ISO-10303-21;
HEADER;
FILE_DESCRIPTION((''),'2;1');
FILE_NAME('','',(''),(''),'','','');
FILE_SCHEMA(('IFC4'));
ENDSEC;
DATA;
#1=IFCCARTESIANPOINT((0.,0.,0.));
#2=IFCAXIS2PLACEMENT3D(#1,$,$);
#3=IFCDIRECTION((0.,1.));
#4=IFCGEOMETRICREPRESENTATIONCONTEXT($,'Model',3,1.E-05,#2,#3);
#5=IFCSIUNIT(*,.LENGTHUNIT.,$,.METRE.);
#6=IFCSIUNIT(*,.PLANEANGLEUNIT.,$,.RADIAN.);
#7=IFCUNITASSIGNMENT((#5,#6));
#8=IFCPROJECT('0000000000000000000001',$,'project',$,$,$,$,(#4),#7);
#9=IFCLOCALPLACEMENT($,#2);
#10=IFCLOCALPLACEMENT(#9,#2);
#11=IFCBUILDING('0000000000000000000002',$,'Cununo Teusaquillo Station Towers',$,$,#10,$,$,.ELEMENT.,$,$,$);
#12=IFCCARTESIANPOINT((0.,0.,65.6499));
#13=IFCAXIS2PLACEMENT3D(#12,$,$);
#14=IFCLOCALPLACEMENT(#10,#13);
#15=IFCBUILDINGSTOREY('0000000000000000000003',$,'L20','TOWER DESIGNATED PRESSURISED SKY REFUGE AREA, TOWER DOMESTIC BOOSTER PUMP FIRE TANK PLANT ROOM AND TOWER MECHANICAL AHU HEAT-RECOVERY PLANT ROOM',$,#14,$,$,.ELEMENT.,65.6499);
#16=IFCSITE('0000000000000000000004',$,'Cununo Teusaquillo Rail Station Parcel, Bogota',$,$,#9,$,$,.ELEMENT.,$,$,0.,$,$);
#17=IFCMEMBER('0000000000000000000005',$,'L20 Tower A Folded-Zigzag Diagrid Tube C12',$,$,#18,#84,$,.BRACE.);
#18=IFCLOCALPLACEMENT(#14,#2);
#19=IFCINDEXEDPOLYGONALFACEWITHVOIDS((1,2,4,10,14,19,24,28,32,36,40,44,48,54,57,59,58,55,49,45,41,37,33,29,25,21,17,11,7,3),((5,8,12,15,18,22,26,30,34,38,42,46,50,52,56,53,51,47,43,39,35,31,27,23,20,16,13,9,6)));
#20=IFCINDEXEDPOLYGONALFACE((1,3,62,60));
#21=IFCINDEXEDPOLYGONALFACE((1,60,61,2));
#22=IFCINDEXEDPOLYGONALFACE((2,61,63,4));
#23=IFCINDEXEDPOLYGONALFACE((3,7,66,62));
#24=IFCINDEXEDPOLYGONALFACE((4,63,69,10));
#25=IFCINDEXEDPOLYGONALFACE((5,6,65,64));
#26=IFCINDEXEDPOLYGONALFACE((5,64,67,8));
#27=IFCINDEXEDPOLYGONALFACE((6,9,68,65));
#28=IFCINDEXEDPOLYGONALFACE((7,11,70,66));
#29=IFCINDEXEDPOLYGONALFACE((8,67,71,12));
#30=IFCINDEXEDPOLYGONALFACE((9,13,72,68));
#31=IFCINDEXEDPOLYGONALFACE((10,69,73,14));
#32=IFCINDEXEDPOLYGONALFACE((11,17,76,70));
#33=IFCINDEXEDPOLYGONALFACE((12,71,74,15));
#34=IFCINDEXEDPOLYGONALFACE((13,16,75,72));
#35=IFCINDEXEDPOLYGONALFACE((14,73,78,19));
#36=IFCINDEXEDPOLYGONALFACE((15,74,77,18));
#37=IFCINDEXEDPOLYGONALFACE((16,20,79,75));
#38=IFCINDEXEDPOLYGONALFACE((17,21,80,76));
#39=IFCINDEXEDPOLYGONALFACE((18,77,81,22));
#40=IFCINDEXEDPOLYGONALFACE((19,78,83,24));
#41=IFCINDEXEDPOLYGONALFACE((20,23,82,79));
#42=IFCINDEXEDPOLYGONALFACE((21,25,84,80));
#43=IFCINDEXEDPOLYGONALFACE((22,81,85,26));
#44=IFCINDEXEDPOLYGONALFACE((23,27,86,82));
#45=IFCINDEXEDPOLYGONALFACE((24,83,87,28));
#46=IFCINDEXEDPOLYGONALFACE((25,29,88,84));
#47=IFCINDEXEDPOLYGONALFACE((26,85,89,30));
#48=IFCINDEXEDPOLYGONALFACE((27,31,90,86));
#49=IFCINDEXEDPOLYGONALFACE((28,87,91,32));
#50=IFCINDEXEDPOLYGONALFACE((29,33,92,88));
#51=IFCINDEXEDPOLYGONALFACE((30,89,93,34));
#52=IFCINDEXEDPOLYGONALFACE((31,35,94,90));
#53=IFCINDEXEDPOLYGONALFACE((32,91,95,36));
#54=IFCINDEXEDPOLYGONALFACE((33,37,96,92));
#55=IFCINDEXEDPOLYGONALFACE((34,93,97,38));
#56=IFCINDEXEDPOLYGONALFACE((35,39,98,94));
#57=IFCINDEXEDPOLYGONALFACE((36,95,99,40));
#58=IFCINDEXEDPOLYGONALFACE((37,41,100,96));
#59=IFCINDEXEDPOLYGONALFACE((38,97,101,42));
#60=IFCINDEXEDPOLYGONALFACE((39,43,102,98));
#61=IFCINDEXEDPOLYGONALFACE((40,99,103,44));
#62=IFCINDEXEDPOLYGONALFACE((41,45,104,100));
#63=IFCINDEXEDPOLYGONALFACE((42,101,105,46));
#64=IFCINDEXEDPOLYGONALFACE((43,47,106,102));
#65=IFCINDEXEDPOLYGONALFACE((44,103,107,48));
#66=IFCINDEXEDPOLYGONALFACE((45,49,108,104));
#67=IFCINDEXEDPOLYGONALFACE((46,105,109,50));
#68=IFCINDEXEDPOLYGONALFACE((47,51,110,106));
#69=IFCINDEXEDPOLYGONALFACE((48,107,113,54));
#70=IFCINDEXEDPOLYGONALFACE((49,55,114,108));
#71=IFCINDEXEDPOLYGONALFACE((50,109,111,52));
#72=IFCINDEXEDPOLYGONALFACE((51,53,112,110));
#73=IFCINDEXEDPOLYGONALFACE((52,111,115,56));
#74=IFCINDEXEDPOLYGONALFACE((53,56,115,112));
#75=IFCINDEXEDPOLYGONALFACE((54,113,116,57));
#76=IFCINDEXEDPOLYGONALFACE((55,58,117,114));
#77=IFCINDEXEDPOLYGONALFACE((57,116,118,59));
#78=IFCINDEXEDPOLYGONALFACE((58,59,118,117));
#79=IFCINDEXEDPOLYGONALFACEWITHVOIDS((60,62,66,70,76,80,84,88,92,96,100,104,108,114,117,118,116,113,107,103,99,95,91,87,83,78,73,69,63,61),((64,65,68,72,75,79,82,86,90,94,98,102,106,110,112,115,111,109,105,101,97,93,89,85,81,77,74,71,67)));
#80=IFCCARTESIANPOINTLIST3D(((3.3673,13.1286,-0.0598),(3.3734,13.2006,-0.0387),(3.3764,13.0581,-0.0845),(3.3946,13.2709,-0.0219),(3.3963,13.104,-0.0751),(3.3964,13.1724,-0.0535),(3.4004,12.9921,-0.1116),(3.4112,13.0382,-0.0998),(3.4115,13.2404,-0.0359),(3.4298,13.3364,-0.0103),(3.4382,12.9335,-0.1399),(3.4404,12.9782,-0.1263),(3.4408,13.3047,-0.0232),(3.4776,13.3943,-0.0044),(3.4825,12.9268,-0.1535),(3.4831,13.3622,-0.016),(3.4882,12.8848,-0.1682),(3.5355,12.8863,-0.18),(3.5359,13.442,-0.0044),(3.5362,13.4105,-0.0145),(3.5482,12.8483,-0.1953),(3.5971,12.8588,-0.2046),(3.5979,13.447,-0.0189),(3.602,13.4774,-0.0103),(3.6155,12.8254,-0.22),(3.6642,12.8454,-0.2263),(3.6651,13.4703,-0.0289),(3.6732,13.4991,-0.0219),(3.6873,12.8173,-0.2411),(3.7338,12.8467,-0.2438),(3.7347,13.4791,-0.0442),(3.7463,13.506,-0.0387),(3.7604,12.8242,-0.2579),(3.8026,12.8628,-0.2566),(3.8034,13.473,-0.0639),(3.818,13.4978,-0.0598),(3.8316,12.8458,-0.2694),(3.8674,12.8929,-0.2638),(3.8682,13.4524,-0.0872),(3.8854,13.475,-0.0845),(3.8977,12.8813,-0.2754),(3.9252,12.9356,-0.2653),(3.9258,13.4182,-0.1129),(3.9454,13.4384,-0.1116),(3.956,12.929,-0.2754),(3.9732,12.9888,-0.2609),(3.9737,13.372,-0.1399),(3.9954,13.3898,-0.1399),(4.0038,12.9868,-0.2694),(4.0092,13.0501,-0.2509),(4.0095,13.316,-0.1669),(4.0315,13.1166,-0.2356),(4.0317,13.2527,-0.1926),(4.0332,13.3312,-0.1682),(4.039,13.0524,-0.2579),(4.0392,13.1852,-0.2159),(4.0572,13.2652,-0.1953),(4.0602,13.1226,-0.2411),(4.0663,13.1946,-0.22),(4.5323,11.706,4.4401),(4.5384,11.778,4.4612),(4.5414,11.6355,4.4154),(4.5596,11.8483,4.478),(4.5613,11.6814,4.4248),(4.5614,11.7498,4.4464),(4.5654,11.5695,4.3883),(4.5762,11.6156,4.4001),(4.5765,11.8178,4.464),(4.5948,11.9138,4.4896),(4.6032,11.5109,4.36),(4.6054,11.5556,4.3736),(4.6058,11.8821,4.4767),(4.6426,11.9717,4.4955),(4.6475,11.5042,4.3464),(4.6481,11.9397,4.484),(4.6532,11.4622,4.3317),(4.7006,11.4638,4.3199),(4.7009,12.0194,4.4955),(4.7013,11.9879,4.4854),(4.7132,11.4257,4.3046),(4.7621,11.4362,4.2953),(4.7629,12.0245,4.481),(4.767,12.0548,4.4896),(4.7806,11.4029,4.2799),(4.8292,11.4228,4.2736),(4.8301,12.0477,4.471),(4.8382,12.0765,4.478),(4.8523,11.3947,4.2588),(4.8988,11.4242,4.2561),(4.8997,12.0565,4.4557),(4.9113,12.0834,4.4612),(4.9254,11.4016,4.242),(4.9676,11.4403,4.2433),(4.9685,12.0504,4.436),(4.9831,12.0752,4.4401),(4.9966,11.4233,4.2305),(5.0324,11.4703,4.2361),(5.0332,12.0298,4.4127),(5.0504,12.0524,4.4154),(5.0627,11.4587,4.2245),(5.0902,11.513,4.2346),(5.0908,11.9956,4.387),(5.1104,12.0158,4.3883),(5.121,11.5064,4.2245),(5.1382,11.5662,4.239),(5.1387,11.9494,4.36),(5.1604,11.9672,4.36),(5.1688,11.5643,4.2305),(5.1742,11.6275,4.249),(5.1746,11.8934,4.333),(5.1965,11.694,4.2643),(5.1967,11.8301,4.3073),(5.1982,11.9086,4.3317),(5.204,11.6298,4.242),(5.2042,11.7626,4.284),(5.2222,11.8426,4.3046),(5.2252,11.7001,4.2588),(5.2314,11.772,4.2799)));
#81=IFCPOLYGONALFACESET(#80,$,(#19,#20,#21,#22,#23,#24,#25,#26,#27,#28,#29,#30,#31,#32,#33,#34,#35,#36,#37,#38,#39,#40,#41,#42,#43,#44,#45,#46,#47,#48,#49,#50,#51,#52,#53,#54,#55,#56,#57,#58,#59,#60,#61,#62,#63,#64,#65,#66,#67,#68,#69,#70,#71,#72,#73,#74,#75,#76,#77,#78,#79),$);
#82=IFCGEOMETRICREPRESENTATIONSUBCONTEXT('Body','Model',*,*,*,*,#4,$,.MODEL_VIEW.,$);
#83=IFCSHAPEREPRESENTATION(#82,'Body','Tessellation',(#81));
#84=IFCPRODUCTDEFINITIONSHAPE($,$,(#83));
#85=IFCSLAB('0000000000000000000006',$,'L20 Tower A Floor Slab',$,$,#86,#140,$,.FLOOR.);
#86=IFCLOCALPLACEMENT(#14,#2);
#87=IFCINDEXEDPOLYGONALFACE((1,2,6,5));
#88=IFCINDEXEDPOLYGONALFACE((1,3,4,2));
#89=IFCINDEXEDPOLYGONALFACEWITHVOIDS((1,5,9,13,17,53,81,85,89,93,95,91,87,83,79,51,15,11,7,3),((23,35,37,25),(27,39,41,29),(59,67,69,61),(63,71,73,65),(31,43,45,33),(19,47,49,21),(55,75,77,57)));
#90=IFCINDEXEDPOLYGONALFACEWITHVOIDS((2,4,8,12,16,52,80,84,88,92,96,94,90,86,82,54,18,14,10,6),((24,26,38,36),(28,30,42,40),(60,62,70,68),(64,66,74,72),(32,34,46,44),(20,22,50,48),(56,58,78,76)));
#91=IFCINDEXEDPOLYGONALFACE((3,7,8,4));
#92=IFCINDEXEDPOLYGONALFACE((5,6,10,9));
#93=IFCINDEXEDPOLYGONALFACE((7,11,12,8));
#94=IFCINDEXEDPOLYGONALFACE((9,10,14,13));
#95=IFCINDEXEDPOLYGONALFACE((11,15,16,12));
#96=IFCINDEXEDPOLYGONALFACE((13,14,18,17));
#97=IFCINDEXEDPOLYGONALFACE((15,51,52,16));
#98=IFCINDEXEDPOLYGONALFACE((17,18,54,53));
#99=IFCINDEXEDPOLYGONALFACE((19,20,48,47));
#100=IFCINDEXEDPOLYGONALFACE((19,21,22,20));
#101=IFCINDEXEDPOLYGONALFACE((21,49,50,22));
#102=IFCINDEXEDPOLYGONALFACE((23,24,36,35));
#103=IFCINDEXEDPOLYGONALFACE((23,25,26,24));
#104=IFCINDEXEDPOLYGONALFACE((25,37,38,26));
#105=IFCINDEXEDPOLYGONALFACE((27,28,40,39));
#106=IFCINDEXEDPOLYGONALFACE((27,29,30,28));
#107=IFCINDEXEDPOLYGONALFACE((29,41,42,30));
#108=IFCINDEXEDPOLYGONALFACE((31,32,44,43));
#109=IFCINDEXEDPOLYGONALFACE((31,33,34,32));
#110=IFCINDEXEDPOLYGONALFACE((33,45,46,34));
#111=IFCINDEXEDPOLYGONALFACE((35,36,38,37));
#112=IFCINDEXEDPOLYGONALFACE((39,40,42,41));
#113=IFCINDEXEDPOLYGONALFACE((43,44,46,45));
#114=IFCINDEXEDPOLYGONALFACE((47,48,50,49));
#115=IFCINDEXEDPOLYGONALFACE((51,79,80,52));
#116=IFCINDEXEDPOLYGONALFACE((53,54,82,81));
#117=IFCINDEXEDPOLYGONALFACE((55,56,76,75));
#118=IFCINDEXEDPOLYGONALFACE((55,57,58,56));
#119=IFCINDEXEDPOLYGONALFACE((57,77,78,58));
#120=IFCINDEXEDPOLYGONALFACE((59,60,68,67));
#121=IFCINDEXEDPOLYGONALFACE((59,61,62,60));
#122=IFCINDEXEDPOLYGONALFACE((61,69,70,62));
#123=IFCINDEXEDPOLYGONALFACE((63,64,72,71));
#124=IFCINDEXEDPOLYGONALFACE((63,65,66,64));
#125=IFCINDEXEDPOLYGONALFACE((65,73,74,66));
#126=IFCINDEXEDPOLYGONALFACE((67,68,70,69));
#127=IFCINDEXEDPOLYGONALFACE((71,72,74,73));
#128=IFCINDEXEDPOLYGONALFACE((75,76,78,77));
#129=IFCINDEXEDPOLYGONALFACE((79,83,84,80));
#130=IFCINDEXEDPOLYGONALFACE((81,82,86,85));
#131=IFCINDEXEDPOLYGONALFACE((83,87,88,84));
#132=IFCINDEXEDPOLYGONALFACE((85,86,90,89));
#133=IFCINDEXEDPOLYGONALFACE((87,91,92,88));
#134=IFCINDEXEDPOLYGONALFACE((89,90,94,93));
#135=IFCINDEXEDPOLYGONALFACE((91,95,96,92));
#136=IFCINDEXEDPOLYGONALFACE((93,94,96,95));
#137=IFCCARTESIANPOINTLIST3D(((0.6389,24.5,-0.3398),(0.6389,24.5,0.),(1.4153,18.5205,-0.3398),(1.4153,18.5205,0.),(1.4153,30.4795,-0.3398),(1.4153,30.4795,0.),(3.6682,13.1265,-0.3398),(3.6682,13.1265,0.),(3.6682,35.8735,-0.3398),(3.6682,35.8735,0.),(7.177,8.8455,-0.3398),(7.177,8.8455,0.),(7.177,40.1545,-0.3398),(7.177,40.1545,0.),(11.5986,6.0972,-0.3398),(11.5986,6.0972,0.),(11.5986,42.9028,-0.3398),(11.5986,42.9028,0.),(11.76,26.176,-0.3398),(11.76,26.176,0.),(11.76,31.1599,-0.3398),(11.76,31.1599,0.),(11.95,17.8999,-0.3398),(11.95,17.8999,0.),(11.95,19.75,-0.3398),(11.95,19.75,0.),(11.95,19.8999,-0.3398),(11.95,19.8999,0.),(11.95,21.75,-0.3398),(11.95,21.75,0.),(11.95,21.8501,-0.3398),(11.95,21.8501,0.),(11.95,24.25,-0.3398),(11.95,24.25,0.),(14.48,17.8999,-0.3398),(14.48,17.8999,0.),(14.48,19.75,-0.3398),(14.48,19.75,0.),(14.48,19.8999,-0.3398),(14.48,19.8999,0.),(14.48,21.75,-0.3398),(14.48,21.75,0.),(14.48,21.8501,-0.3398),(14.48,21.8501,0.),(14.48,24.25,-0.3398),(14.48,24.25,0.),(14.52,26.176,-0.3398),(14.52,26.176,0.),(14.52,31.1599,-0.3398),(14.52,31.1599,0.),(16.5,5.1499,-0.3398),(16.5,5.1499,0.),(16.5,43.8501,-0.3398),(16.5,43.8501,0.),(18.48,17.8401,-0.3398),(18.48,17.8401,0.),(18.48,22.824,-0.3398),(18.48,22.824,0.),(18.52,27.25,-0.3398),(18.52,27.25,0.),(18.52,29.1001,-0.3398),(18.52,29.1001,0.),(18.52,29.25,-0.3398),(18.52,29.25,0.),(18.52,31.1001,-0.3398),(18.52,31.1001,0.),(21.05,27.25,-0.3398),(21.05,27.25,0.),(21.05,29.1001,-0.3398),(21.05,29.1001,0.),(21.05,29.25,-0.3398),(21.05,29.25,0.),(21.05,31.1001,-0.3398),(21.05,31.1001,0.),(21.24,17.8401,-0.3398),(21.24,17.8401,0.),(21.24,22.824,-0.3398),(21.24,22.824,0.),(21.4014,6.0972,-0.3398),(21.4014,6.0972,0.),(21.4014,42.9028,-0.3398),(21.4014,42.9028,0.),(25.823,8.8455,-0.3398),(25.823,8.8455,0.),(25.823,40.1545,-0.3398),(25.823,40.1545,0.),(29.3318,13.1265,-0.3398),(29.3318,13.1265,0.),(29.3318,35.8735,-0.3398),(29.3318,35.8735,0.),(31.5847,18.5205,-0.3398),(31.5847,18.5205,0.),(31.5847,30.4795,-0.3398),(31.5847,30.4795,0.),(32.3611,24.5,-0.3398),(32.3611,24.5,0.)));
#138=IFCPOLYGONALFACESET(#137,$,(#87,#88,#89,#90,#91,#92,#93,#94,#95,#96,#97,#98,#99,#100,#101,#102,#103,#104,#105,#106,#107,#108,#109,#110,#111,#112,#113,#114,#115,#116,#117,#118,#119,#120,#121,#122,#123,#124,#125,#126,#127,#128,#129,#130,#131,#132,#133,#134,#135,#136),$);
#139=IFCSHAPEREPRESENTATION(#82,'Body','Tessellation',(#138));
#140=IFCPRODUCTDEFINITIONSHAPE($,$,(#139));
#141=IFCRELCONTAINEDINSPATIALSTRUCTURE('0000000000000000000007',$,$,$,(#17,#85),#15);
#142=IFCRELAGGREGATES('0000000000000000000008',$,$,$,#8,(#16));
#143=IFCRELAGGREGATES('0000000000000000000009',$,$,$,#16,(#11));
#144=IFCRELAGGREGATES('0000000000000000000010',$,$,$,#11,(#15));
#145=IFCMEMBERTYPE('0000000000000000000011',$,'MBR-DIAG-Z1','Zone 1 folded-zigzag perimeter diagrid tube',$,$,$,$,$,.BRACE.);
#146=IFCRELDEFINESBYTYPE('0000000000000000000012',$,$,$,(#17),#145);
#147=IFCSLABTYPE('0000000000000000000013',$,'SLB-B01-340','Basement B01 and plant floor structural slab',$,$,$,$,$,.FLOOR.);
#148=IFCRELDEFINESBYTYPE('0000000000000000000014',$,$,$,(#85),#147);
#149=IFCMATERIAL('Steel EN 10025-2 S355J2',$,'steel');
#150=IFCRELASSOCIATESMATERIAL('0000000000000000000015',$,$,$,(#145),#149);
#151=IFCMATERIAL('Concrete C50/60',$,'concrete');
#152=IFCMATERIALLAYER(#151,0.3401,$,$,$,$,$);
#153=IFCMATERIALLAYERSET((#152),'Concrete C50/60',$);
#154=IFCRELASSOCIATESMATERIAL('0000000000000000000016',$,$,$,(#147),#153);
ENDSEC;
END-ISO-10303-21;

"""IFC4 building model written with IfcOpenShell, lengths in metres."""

from ifc_helpers import new_model, si_unit, direction, frame, origin, origin_2d, place, context, subcontext, project, spatial, polyline, hollow_circle, outline, extrude, material, layer, layer_set, material_profile, profile_set, type_object, element, save


model = new_model("IFC4")

# Units and contexts
model_context = context("Model", 3, precision=1e-05, world=origin(), true_north=direction((0.0, 1.0)))
body_context = subcontext(model_context, "Body", "Model", "MODEL_VIEW")
ifc_project = project(units=[si_unit("LENGTHUNIT", "METRE"), si_unit("PLANEANGLEUNIT", "RADIAN")], contexts=[model_context])

# Site, building, storey
site_placement = place(None, origin())
site = spatial("IfcSite", under=ifc_project, at=site_placement, Name="Cununo Teusaquillo Rail Station Parcel, Bogota", CompositionType="ELEMENT", RefElevation=0.0)
building_placement = place(site_placement, origin())
building = spatial("IfcBuilding", under=site, at=building_placement, Name="Cununo Teusaquillo Station Towers", CompositionType="ELEMENT")
storey_placement = place(building_placement, frame((0.0, 0.0, 65.6499)))
storey = spatial("IfcBuildingStorey", under=building, at=storey_placement, Name="L20", Description="TOWER DESIGNATED PRESSURISED SKY REFUGE AREA, TOWER DOMESTIC BOOSTER PUMP FIRE TANK PLANT ROOM AND TOWER MECHANICAL AHU HEAT-RECOVERY PLANT ROOM", CompositionType="ELEMENT", Elevation=65.6499)

# Member
ifc_material_1 = material(Name="Steel EN 10025-2 S355J2", Category="steel")
ifc_material_profile_1 = material_profile(ifc_material_1, hollow_circle(Radius=0.3601, WallThickness=0.0281, at=origin_2d()), Name="CHS 720x28")
ifc_profile_set_1 = profile_set([ifc_material_profile_1], Name="Steel EN 10025-2 S355J2")
member_type_1 = type_object("IfcMemberType", Name="MBR-DIAG-Z1", Description="Zone 1 folded-zigzag perimeter diagrid tube", PredefinedType="BRACE", material=ifc_profile_set_1)
member_1_placement = place(storey_placement, frame((3.7168, 13.1616, -0.1399), z_axis=(0.239661, -0.292646, 0.9257), x_axis=(0.773667, 0.633592, 0.0)))
element("IfcMember", 1, at=member_1_placement, inside=storey, type_object=member_type_1, Name="L20 Tower A Folded-Zigzag Diagrid Tube C12", PredefinedType="BRACE", context=body_context, shape_type="SweptSolid", body=[
    extrude(hollow_circle(Radius=0.3601, WallThickness=0.0281, at=origin_2d()), origin(), (0.0, 0.0, 1.0), 4.8611),
])

# Slab
ifc_material_2 = material(Name="Concrete C50/60", Category="concrete")
ifc_layer_1 = layer(ifc_material_2, 0.3401)
ifc_layer_set_1 = layer_set([ifc_layer_1], Name="Concrete C50/60")
slab_type_1 = type_object("IfcSlabType", Name="SLB-B01-340", Description="Basement B01 and plant floor structural slab", PredefinedType="FLOOR", material=ifc_layer_set_1)
slab_1_placement = place(storey_placement, frame((0.0, 0.0, -0.3398)))
element("IfcSlab", 2, at=slab_1_placement, inside=storey, type_object=slab_type_1, Name="L20 Tower A Floor Slab", PredefinedType="FLOOR", context=body_context, shape_type="SweptSolid", body=[
    extrude(outline(polyline([(32.3611, 24.5), (31.5847, 30.4795), (29.3318, 35.8735), (25.823, 40.1545), (21.4014, 42.9028), (16.5, 43.8501), (11.5986, 42.9028), (7.177, 40.1545), (3.6682, 35.8735), (1.4153, 30.4795), (0.6389, 24.5), (1.4153, 18.5205), (3.6682, 13.1265), (7.177, 8.8455), (11.5986, 6.0972), (16.5, 5.1499), (21.4014, 6.0972), (25.823, 8.8455), (29.3318, 13.1265), (31.5847, 18.5205), (32.3611, 24.5)]), holes=[polyline([(14.52, 26.176), (14.52, 31.1599), (11.76, 31.1599), (11.76, 26.176), (14.52, 26.176)]), polyline([(18.48, 22.824), (18.48, 17.8401), (21.24, 17.8401), (21.24, 22.824), (18.48, 22.824)]), polyline([(11.95, 21.8501), (14.48, 21.8501), (14.48, 24.25), (11.95, 24.25), (11.95, 21.8501)]), polyline([(11.95, 17.8999), (14.48, 17.8999), (14.48, 19.75), (11.95, 19.75), (11.95, 17.8999)]), polyline([(11.95, 19.8999), (14.48, 19.8999), (14.48, 21.75), (11.95, 21.75), (11.95, 19.8999)]), polyline([(18.52, 27.25), (21.05, 27.25), (21.05, 29.1001), (18.52, 29.1001), (18.52, 27.25)]), polyline([(18.52, 29.25), (21.05, 29.25), (21.05, 31.1001), (18.52, 31.1001), (18.52, 29.25)])]), origin(), (0.0, 0.0, 1.0), 0.3398),
])

save(model, "model.ifc")
